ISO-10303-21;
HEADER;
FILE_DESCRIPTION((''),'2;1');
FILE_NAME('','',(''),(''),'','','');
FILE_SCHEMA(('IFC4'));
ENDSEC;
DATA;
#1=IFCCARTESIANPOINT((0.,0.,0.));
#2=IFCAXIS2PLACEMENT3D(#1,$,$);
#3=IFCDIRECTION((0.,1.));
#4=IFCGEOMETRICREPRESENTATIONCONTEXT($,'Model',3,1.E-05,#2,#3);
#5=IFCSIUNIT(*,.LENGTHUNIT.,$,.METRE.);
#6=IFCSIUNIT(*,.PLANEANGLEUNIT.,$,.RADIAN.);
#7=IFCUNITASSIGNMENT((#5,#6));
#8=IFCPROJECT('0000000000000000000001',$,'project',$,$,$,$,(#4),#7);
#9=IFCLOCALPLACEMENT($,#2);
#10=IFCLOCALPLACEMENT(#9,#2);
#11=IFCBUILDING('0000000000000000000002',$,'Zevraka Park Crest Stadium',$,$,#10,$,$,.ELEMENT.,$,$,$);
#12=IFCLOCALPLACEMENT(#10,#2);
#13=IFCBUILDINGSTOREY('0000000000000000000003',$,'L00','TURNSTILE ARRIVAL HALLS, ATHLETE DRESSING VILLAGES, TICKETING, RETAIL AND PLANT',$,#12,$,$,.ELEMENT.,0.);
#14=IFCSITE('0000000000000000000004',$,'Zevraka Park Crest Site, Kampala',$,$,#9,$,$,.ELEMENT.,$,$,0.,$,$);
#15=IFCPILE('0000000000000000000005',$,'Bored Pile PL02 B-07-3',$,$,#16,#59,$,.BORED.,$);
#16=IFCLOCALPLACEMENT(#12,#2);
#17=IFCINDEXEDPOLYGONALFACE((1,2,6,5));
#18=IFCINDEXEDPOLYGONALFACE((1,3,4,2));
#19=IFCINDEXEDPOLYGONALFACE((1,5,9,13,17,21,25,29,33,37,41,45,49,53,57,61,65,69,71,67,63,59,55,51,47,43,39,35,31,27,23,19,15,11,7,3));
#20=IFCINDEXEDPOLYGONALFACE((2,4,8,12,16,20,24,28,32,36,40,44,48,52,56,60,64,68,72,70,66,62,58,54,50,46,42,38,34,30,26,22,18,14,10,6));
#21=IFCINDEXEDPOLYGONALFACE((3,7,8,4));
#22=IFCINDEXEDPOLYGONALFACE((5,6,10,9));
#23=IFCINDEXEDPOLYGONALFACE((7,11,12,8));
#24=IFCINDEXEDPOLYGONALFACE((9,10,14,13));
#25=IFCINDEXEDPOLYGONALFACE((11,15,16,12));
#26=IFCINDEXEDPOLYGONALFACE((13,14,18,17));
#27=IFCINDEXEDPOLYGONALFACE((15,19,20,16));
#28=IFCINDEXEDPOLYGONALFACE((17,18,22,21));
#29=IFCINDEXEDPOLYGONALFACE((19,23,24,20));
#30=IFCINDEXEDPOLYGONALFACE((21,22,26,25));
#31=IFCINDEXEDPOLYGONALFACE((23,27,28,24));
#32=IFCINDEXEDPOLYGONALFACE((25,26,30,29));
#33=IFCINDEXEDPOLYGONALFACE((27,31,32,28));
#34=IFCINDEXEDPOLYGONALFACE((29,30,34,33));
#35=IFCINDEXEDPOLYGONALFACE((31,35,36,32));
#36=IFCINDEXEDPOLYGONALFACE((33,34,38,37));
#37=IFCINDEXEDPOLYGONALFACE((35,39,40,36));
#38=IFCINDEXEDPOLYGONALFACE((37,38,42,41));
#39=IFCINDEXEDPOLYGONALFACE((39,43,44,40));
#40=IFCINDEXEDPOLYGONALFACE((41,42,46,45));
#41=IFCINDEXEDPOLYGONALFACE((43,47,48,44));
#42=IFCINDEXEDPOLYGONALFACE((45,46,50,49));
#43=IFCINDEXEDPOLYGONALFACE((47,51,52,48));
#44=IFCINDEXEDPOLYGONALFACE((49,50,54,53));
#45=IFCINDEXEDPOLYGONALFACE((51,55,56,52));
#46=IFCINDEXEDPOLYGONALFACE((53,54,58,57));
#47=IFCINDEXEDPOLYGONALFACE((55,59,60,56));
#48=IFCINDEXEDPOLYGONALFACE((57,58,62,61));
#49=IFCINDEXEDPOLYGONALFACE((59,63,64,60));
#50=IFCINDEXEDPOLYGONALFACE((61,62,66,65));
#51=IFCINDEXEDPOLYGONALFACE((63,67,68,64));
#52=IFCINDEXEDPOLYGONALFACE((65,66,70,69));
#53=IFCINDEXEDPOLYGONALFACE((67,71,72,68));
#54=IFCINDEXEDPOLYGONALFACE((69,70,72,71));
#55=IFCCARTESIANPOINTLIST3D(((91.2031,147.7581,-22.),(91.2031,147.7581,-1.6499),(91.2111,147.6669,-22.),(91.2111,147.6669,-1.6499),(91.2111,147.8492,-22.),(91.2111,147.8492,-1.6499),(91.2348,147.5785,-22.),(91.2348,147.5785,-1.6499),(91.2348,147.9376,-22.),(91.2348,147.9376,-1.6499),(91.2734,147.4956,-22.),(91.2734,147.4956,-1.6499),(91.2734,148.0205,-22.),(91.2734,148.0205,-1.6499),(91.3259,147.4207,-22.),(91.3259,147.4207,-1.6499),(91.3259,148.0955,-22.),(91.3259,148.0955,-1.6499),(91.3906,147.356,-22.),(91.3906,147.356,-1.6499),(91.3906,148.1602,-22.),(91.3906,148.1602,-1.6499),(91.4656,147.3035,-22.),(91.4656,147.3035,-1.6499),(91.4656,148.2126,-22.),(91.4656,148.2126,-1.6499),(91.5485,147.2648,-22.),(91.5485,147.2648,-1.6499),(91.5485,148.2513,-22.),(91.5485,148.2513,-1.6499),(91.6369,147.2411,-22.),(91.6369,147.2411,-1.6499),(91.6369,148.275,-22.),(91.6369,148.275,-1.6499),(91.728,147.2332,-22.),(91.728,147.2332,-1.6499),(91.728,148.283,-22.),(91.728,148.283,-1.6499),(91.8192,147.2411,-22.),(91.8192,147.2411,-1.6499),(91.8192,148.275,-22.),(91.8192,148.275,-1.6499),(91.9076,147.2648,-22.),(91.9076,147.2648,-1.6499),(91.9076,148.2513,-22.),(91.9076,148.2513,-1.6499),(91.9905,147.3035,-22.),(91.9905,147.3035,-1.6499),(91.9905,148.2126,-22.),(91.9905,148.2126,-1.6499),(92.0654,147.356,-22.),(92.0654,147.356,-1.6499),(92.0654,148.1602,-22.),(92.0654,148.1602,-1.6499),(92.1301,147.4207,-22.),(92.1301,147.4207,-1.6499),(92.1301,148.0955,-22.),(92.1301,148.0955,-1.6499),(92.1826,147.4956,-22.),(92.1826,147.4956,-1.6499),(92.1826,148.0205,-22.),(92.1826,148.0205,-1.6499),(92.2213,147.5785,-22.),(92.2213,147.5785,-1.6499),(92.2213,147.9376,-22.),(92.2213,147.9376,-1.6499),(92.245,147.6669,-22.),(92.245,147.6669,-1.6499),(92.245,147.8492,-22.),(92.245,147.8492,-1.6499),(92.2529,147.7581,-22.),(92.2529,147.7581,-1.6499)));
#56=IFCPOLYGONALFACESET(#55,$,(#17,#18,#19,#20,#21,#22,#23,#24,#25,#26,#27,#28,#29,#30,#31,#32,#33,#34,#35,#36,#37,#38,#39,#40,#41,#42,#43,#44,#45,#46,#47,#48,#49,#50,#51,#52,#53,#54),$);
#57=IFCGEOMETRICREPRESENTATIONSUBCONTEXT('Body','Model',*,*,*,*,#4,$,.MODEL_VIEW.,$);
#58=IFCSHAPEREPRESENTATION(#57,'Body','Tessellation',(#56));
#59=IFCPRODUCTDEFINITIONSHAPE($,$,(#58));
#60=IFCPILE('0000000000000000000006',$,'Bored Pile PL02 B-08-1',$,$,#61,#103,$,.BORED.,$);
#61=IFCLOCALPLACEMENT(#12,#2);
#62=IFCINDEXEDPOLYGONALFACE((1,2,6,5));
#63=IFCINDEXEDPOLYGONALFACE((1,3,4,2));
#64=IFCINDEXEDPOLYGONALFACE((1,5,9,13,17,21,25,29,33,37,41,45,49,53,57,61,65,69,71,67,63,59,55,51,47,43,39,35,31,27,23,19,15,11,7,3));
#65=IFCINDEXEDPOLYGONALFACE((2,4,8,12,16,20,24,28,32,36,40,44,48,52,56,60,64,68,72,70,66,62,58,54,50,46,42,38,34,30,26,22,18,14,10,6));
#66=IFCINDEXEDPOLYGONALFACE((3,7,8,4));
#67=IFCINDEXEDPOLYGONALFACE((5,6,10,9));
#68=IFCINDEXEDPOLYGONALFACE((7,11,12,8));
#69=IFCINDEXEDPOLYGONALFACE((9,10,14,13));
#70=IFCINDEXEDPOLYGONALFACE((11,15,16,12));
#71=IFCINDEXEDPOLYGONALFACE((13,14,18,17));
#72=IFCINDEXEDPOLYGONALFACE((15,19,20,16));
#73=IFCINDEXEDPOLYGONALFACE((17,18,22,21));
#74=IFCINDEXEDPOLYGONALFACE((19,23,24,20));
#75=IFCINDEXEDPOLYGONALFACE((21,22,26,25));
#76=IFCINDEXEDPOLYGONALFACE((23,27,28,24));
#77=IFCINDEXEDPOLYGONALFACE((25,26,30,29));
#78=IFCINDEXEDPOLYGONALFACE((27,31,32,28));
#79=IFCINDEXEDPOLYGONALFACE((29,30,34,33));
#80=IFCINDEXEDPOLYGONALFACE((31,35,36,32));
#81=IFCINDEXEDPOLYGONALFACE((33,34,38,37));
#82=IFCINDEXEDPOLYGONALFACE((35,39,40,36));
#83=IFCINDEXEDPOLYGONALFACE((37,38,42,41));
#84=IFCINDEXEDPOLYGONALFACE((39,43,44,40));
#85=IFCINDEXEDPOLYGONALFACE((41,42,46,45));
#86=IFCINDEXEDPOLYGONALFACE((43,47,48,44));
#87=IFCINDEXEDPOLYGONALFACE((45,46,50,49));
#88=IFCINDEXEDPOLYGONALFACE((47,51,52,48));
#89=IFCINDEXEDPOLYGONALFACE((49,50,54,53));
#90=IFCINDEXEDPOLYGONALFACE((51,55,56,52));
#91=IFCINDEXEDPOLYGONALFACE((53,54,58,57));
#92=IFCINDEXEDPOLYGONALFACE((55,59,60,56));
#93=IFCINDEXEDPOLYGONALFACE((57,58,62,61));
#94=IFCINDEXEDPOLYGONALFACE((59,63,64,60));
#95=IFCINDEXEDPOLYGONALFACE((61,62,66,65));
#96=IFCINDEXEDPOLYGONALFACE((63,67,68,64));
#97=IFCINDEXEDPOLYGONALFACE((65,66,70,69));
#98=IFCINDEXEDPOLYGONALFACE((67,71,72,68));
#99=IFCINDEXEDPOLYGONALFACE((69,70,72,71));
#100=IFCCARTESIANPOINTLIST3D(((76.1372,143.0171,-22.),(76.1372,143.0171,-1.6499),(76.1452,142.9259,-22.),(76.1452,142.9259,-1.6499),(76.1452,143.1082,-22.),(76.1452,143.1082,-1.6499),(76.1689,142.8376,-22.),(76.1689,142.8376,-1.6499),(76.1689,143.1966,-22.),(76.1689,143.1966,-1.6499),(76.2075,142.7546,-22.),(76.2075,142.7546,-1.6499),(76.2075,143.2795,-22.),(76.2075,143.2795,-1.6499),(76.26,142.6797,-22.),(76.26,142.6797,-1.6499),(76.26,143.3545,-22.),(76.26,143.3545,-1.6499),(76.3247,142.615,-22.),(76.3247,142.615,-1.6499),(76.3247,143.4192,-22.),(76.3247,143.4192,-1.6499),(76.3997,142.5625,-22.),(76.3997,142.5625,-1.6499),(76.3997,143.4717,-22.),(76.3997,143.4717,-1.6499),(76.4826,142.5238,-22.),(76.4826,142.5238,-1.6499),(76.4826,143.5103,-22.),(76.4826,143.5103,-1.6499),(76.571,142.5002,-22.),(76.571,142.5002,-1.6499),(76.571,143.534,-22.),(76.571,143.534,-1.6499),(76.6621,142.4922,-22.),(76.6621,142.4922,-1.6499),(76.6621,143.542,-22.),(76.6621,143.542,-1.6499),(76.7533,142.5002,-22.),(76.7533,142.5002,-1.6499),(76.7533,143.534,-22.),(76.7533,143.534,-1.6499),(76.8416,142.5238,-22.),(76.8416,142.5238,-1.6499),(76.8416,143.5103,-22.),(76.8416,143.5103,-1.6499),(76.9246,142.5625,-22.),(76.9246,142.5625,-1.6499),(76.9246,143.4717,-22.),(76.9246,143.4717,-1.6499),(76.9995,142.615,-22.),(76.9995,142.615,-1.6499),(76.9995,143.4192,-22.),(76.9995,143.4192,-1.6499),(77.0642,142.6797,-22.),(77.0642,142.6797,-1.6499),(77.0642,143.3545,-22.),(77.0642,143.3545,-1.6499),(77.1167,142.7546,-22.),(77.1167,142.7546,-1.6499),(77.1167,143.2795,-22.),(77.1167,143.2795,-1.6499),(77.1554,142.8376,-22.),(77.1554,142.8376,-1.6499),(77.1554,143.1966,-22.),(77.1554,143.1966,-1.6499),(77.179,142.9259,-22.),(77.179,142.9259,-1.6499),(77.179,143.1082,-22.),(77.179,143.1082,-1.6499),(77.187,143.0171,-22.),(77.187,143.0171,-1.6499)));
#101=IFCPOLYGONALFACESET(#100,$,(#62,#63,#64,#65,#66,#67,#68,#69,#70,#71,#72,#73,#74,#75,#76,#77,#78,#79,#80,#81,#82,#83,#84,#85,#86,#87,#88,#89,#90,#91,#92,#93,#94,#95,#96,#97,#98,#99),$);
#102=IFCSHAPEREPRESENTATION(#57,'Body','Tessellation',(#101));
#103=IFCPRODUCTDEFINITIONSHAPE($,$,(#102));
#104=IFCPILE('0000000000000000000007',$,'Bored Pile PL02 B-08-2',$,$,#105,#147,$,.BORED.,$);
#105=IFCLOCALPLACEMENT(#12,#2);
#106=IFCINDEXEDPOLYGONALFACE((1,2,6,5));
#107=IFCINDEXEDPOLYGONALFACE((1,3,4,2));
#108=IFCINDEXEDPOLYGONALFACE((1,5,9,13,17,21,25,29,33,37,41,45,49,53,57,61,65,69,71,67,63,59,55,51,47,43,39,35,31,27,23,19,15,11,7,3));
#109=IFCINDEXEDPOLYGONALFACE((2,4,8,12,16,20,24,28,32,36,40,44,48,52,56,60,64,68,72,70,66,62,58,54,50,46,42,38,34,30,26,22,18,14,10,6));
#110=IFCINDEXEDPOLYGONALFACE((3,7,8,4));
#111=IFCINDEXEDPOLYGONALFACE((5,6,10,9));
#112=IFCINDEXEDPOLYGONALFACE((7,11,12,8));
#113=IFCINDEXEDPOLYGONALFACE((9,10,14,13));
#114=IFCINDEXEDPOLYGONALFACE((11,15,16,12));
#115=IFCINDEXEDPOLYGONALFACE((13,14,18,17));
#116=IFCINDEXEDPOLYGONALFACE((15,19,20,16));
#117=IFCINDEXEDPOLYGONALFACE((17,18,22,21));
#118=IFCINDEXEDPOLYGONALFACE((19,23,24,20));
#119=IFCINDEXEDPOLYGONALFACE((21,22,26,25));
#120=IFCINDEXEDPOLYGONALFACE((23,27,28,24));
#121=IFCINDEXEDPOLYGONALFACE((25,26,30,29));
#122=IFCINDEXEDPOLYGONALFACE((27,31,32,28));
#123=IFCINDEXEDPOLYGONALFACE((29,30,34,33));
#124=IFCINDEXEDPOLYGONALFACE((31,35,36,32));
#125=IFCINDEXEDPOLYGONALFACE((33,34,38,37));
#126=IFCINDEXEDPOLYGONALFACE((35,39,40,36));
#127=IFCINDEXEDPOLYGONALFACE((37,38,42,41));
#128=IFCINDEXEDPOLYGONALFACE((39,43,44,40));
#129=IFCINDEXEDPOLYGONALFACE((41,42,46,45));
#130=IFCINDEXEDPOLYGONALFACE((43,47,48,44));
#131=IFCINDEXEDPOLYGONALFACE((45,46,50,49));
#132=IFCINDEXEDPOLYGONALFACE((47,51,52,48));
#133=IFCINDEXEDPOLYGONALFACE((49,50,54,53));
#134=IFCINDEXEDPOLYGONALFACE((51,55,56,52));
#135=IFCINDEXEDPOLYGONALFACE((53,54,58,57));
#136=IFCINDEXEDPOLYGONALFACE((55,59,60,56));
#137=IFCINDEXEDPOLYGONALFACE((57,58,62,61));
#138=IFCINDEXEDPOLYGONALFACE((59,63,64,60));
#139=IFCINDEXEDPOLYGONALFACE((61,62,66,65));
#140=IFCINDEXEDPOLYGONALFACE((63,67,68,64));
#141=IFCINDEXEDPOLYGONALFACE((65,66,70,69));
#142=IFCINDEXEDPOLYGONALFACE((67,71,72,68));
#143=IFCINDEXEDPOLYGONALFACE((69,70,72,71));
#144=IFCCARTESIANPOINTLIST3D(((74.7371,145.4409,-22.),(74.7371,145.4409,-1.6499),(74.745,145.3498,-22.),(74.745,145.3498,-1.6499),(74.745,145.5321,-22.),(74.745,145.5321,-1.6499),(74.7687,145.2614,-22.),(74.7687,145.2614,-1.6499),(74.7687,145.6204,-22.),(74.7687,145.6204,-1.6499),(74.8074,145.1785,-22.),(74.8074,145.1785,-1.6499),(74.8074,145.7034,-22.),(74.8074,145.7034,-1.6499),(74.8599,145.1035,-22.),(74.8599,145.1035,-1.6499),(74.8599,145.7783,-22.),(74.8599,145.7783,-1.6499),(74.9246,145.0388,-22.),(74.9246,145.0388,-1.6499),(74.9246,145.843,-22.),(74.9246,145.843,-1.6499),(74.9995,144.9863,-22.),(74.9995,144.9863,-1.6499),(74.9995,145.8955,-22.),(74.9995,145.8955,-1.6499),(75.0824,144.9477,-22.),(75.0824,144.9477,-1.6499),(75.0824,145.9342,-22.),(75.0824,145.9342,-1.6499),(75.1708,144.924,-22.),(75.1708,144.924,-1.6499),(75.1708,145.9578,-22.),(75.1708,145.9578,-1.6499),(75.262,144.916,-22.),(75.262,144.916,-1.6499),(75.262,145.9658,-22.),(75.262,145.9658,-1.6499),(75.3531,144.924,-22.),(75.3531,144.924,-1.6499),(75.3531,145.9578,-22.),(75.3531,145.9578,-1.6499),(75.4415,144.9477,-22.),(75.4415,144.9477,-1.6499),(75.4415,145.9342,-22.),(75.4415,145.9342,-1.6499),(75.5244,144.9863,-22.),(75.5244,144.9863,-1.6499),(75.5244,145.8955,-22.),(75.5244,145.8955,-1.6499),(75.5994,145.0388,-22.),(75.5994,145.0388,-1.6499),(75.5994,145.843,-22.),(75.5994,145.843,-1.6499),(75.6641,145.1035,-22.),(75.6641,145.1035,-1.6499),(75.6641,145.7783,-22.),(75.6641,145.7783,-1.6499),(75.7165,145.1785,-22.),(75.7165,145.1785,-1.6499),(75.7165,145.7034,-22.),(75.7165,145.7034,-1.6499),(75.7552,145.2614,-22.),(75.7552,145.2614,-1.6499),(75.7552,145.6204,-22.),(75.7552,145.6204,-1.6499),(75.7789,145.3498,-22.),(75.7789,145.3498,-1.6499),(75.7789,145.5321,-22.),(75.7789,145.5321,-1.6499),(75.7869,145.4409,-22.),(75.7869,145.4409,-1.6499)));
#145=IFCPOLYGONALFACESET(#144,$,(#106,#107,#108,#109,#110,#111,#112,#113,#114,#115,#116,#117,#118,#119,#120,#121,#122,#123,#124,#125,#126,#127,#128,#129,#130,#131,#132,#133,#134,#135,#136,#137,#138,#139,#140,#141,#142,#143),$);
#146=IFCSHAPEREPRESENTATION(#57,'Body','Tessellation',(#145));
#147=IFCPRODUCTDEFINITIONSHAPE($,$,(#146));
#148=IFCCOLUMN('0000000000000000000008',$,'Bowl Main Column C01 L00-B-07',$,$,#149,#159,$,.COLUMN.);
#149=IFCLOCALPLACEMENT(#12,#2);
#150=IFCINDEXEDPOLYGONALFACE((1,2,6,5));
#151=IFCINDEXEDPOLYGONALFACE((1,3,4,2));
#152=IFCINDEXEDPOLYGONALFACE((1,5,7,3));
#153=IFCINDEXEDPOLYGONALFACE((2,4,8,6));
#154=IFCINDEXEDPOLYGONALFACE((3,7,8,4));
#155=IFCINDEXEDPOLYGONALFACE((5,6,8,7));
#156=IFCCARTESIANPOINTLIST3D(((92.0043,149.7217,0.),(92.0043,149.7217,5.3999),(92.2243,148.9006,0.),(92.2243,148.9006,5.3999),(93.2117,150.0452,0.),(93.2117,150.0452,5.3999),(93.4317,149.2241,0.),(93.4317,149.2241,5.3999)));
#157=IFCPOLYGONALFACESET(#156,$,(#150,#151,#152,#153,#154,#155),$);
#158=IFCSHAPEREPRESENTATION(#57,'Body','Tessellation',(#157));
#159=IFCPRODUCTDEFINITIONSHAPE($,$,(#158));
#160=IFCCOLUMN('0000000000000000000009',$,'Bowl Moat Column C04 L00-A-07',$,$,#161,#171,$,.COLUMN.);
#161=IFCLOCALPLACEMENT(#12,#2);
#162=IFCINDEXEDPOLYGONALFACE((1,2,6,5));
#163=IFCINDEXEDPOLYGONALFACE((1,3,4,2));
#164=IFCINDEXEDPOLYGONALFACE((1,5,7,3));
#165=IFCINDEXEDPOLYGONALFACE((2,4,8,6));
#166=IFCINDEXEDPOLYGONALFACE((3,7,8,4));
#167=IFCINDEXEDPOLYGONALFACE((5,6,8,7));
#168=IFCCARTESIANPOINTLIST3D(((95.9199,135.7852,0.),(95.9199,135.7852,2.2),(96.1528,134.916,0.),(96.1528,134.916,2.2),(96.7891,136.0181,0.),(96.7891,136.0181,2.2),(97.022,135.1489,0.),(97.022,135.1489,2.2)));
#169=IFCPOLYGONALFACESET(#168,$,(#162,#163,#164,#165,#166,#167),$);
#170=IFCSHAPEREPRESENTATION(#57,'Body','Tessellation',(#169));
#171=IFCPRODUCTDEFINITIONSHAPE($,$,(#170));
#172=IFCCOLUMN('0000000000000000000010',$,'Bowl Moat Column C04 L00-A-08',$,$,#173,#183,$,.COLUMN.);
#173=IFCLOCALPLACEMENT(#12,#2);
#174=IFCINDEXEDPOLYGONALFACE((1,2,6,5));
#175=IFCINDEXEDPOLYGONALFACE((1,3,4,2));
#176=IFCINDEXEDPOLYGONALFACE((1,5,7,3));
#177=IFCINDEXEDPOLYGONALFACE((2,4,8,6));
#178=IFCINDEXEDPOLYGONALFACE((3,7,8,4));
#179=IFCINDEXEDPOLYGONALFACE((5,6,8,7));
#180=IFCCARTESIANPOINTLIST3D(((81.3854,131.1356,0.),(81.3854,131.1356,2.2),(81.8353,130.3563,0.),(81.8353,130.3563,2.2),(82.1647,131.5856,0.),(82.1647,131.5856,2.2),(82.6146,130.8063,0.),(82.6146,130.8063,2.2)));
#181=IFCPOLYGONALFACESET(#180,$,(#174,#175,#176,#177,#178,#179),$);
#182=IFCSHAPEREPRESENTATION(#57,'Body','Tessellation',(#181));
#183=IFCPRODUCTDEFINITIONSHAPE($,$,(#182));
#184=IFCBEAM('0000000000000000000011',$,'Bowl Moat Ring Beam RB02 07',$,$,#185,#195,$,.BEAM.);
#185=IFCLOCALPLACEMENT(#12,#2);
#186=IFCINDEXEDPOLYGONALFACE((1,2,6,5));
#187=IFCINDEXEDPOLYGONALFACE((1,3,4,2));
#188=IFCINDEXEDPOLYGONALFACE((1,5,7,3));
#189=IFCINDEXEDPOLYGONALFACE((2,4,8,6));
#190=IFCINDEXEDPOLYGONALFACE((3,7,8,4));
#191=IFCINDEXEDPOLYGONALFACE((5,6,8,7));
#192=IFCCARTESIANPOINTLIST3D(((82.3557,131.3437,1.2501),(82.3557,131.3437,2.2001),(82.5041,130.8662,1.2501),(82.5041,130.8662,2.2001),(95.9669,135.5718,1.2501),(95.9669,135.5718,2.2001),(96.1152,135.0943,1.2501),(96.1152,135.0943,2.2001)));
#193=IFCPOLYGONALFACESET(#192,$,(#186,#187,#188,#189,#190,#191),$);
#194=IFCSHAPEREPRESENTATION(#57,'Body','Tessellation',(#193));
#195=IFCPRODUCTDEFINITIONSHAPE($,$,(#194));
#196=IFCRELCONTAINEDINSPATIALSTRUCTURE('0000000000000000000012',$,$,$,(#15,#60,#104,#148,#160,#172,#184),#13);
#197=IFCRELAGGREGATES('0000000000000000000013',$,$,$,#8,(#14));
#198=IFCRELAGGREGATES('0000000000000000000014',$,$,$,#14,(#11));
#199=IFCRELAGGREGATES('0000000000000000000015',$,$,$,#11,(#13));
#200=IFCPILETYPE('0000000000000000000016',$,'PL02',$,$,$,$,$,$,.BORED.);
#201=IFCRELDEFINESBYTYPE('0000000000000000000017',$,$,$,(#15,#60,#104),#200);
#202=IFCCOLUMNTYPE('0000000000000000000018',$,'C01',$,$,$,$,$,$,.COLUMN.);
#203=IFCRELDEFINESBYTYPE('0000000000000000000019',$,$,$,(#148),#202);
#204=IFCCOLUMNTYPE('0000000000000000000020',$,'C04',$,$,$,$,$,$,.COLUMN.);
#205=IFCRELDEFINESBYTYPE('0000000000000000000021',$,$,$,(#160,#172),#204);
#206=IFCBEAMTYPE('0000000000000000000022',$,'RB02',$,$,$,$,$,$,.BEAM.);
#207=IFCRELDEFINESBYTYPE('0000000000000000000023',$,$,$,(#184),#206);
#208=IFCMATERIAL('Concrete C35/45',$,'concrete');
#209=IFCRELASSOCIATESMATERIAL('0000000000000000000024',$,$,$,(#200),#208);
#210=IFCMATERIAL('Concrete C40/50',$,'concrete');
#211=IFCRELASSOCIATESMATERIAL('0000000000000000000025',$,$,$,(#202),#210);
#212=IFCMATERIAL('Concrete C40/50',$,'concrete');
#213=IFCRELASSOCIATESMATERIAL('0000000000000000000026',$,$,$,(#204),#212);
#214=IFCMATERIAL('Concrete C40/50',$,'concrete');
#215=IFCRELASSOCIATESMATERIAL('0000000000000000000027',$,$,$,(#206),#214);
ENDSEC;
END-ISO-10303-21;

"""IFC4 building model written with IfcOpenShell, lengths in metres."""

from ifc_helpers import new_model, si_unit, direction, frame, origin, origin_2d, place, context, subcontext, project, spatial, rectangle, circle, extrude, material, material_profile, profile_set, type_object, element, save


model = new_model("IFC4")

# Units and contexts
model_context = context("Model", 3, precision=1e-05, world=origin(), true_north=direction((0.0, 1.0)))
body_context = subcontext(model_context, "Body", "Model", "MODEL_VIEW")
ifc_project = project(units=[si_unit("LENGTHUNIT", "METRE"), si_unit("PLANEANGLEUNIT", "RADIAN")], contexts=[model_context])

# Site, building, storey
site_placement = place(None, origin())
site = spatial("IfcSite", under=ifc_project, at=site_placement, Name="Zevraka Park Crest Site, Kampala", CompositionType="ELEMENT", RefElevation=0.0)
building_placement = place(site_placement, origin())
building = spatial("IfcBuilding", under=site, at=building_placement, Name="Zevraka Park Crest Stadium", CompositionType="ELEMENT")
storey_placement = place(building_placement, origin())
storey = spatial("IfcBuildingStorey", under=building, at=storey_placement, Name="L00", Description="TURNSTILE ARRIVAL HALLS, ATHLETE DRESSING VILLAGES, TICKETING, RETAIL AND PLANT", CompositionType="ELEMENT", Elevation=0.0)

# Piles
ifc_material_1 = material(Name="Concrete C35/45", Category="concrete")
ifc_material_profile_1 = material_profile(ifc_material_1, circle(Radius=0.5249, at=origin_2d()), Name="PILE D1050")
ifc_profile_set_1 = profile_set([ifc_material_profile_1], Name="Concrete C35/45")
pile_type_1 = type_object("IfcPileType", Name="PL02", PredefinedType="BORED", material=ifc_profile_set_1)
for number, where, z_axis, x_axis, name in (
    (1, (91.728, 147.7581, -1.6499), (0.0, 0.0, -1.0), (1.0, 0.0, 0.0), "Bored Pile PL02 B-07-3"),
    (2, (76.6621, 143.0171, -1.6499), (0.0, 0.0, -1.0), (1.0, 0.0, 0.0), "Bored Pile PL02 B-08-1"),
    (3, (75.262, 145.4409, -1.6499), (0.0, 0.0, -1.0), (1.0, 0.0, 0.0), "Bored Pile PL02 B-08-2"),
):
    element("IfcPile", number, at=place(storey_placement, frame(where, z_axis=z_axis, x_axis=x_axis)), inside=storey, type_object=pile_type_1, Name=name, PredefinedType="BORED", context=body_context, shape_type="SweptSolid", body=[
        extrude(circle(Radius=0.5249, at=origin_2d()), origin(), (0.0, 0.0, 1.0), 20.3501),
    ])

# Columns
ifc_material_2 = material(Name="Concrete C40/50", Category="concrete")
ifc_material_profile_2 = material_profile(ifc_material_2, rectangle(XDim=0.8501, YDim=1.25, at=origin_2d()), Name="RC 1250x850")
ifc_profile_set_2 = profile_set([ifc_material_profile_2], Name="Concrete C40/50")
column_type_1 = type_object("IfcColumnType", Name="C01", PredefinedType="COLUMN", material=ifc_profile_set_2)
column_placement = place(storey_placement, frame((92.718, 149.4729, 0.0), z_axis=(0.0, 0.0, 1.0), x_axis=(-0.258819, 0.965926, 0.0)))
element("IfcColumn", 4, at=column_placement, inside=storey, type_object=column_type_1, Name="Bowl Main Column C01 L00-B-07", PredefinedType="COLUMN", context=body_context, shape_type="SweptSolid", body=[
    extrude(rectangle(XDim=0.8501, YDim=1.25, at=origin_2d()), origin(), (0.0, 0.0, 1.0), 5.3999),
])
ifc_material_3 = material(Name="Concrete C40/50", Category="concrete")
ifc_material_profile_3 = material_profile(ifc_material_3, rectangle(XDim=0.8999, YDim=0.8999, at=origin_2d()), Name="RC 900x900")
ifc_profile_set_3 = profile_set([ifc_material_profile_3], Name="Concrete C40/50")
column_type_2 = type_object("IfcColumnType", Name="C04", PredefinedType="COLUMN", material=ifc_profile_set_3)
for number, where, z_axis, x_axis, name in (
    (5, (96.4709, 135.467, 0.0), (0.0, 0.0, 1.0), (-0.258819, 0.965926, 0.0), "Bowl Moat Column C04 L00-A-07"),
    (6, (82.0, 130.9709, 0.0), (0.0, 0.0, 1.0), (-0.5, 0.866025, 0.0), "Bowl Moat Column C04 L00-A-08"),
):
    element("IfcColumn", number, at=place(storey_placement, frame(where, z_axis=z_axis, x_axis=x_axis)), inside=storey, type_object=column_type_2, Name=name, PredefinedType="COLUMN", context=body_context, shape_type="SweptSolid", body=[
        extrude(rectangle(XDim=0.8999, YDim=0.8999, at=origin_2d()), origin(), (0.0, 0.0, 1.0), 2.2),
    ])

# Beam
ifc_material_4 = material(Name="Concrete C40/50", Category="concrete")
ifc_material_profile_4 = material_profile(ifc_material_4, rectangle(XDim=0.5, YDim=0.95, at=origin_2d()), Name="RC 950x500")
ifc_profile_set_4 = profile_set([ifc_material_profile_4], Name="Concrete C40/50")
beam_type = type_object("IfcBeamType", Name="RB02", PredefinedType="BEAM", material=ifc_profile_set_4)
beam_1_placement = place(storey_placement, frame((96.041, 135.333, 1.7251), z_axis=(-0.954987, -0.296649, 0.0), x_axis=(0.296649, -0.954987, 0.0)))
element("IfcBeam", 7, at=beam_1_placement, inside=storey, type_object=beam_type, Name="Bowl Moat Ring Beam RB02 07", PredefinedType="BEAM", context=body_context, shape_type="SweptSolid", body=[
    extrude(rectangle(XDim=0.5, YDim=0.95, at=origin_2d()), origin(), (0.0, 0.0, 1.0), 14.2527),
])

save(model, "model.ifc")
